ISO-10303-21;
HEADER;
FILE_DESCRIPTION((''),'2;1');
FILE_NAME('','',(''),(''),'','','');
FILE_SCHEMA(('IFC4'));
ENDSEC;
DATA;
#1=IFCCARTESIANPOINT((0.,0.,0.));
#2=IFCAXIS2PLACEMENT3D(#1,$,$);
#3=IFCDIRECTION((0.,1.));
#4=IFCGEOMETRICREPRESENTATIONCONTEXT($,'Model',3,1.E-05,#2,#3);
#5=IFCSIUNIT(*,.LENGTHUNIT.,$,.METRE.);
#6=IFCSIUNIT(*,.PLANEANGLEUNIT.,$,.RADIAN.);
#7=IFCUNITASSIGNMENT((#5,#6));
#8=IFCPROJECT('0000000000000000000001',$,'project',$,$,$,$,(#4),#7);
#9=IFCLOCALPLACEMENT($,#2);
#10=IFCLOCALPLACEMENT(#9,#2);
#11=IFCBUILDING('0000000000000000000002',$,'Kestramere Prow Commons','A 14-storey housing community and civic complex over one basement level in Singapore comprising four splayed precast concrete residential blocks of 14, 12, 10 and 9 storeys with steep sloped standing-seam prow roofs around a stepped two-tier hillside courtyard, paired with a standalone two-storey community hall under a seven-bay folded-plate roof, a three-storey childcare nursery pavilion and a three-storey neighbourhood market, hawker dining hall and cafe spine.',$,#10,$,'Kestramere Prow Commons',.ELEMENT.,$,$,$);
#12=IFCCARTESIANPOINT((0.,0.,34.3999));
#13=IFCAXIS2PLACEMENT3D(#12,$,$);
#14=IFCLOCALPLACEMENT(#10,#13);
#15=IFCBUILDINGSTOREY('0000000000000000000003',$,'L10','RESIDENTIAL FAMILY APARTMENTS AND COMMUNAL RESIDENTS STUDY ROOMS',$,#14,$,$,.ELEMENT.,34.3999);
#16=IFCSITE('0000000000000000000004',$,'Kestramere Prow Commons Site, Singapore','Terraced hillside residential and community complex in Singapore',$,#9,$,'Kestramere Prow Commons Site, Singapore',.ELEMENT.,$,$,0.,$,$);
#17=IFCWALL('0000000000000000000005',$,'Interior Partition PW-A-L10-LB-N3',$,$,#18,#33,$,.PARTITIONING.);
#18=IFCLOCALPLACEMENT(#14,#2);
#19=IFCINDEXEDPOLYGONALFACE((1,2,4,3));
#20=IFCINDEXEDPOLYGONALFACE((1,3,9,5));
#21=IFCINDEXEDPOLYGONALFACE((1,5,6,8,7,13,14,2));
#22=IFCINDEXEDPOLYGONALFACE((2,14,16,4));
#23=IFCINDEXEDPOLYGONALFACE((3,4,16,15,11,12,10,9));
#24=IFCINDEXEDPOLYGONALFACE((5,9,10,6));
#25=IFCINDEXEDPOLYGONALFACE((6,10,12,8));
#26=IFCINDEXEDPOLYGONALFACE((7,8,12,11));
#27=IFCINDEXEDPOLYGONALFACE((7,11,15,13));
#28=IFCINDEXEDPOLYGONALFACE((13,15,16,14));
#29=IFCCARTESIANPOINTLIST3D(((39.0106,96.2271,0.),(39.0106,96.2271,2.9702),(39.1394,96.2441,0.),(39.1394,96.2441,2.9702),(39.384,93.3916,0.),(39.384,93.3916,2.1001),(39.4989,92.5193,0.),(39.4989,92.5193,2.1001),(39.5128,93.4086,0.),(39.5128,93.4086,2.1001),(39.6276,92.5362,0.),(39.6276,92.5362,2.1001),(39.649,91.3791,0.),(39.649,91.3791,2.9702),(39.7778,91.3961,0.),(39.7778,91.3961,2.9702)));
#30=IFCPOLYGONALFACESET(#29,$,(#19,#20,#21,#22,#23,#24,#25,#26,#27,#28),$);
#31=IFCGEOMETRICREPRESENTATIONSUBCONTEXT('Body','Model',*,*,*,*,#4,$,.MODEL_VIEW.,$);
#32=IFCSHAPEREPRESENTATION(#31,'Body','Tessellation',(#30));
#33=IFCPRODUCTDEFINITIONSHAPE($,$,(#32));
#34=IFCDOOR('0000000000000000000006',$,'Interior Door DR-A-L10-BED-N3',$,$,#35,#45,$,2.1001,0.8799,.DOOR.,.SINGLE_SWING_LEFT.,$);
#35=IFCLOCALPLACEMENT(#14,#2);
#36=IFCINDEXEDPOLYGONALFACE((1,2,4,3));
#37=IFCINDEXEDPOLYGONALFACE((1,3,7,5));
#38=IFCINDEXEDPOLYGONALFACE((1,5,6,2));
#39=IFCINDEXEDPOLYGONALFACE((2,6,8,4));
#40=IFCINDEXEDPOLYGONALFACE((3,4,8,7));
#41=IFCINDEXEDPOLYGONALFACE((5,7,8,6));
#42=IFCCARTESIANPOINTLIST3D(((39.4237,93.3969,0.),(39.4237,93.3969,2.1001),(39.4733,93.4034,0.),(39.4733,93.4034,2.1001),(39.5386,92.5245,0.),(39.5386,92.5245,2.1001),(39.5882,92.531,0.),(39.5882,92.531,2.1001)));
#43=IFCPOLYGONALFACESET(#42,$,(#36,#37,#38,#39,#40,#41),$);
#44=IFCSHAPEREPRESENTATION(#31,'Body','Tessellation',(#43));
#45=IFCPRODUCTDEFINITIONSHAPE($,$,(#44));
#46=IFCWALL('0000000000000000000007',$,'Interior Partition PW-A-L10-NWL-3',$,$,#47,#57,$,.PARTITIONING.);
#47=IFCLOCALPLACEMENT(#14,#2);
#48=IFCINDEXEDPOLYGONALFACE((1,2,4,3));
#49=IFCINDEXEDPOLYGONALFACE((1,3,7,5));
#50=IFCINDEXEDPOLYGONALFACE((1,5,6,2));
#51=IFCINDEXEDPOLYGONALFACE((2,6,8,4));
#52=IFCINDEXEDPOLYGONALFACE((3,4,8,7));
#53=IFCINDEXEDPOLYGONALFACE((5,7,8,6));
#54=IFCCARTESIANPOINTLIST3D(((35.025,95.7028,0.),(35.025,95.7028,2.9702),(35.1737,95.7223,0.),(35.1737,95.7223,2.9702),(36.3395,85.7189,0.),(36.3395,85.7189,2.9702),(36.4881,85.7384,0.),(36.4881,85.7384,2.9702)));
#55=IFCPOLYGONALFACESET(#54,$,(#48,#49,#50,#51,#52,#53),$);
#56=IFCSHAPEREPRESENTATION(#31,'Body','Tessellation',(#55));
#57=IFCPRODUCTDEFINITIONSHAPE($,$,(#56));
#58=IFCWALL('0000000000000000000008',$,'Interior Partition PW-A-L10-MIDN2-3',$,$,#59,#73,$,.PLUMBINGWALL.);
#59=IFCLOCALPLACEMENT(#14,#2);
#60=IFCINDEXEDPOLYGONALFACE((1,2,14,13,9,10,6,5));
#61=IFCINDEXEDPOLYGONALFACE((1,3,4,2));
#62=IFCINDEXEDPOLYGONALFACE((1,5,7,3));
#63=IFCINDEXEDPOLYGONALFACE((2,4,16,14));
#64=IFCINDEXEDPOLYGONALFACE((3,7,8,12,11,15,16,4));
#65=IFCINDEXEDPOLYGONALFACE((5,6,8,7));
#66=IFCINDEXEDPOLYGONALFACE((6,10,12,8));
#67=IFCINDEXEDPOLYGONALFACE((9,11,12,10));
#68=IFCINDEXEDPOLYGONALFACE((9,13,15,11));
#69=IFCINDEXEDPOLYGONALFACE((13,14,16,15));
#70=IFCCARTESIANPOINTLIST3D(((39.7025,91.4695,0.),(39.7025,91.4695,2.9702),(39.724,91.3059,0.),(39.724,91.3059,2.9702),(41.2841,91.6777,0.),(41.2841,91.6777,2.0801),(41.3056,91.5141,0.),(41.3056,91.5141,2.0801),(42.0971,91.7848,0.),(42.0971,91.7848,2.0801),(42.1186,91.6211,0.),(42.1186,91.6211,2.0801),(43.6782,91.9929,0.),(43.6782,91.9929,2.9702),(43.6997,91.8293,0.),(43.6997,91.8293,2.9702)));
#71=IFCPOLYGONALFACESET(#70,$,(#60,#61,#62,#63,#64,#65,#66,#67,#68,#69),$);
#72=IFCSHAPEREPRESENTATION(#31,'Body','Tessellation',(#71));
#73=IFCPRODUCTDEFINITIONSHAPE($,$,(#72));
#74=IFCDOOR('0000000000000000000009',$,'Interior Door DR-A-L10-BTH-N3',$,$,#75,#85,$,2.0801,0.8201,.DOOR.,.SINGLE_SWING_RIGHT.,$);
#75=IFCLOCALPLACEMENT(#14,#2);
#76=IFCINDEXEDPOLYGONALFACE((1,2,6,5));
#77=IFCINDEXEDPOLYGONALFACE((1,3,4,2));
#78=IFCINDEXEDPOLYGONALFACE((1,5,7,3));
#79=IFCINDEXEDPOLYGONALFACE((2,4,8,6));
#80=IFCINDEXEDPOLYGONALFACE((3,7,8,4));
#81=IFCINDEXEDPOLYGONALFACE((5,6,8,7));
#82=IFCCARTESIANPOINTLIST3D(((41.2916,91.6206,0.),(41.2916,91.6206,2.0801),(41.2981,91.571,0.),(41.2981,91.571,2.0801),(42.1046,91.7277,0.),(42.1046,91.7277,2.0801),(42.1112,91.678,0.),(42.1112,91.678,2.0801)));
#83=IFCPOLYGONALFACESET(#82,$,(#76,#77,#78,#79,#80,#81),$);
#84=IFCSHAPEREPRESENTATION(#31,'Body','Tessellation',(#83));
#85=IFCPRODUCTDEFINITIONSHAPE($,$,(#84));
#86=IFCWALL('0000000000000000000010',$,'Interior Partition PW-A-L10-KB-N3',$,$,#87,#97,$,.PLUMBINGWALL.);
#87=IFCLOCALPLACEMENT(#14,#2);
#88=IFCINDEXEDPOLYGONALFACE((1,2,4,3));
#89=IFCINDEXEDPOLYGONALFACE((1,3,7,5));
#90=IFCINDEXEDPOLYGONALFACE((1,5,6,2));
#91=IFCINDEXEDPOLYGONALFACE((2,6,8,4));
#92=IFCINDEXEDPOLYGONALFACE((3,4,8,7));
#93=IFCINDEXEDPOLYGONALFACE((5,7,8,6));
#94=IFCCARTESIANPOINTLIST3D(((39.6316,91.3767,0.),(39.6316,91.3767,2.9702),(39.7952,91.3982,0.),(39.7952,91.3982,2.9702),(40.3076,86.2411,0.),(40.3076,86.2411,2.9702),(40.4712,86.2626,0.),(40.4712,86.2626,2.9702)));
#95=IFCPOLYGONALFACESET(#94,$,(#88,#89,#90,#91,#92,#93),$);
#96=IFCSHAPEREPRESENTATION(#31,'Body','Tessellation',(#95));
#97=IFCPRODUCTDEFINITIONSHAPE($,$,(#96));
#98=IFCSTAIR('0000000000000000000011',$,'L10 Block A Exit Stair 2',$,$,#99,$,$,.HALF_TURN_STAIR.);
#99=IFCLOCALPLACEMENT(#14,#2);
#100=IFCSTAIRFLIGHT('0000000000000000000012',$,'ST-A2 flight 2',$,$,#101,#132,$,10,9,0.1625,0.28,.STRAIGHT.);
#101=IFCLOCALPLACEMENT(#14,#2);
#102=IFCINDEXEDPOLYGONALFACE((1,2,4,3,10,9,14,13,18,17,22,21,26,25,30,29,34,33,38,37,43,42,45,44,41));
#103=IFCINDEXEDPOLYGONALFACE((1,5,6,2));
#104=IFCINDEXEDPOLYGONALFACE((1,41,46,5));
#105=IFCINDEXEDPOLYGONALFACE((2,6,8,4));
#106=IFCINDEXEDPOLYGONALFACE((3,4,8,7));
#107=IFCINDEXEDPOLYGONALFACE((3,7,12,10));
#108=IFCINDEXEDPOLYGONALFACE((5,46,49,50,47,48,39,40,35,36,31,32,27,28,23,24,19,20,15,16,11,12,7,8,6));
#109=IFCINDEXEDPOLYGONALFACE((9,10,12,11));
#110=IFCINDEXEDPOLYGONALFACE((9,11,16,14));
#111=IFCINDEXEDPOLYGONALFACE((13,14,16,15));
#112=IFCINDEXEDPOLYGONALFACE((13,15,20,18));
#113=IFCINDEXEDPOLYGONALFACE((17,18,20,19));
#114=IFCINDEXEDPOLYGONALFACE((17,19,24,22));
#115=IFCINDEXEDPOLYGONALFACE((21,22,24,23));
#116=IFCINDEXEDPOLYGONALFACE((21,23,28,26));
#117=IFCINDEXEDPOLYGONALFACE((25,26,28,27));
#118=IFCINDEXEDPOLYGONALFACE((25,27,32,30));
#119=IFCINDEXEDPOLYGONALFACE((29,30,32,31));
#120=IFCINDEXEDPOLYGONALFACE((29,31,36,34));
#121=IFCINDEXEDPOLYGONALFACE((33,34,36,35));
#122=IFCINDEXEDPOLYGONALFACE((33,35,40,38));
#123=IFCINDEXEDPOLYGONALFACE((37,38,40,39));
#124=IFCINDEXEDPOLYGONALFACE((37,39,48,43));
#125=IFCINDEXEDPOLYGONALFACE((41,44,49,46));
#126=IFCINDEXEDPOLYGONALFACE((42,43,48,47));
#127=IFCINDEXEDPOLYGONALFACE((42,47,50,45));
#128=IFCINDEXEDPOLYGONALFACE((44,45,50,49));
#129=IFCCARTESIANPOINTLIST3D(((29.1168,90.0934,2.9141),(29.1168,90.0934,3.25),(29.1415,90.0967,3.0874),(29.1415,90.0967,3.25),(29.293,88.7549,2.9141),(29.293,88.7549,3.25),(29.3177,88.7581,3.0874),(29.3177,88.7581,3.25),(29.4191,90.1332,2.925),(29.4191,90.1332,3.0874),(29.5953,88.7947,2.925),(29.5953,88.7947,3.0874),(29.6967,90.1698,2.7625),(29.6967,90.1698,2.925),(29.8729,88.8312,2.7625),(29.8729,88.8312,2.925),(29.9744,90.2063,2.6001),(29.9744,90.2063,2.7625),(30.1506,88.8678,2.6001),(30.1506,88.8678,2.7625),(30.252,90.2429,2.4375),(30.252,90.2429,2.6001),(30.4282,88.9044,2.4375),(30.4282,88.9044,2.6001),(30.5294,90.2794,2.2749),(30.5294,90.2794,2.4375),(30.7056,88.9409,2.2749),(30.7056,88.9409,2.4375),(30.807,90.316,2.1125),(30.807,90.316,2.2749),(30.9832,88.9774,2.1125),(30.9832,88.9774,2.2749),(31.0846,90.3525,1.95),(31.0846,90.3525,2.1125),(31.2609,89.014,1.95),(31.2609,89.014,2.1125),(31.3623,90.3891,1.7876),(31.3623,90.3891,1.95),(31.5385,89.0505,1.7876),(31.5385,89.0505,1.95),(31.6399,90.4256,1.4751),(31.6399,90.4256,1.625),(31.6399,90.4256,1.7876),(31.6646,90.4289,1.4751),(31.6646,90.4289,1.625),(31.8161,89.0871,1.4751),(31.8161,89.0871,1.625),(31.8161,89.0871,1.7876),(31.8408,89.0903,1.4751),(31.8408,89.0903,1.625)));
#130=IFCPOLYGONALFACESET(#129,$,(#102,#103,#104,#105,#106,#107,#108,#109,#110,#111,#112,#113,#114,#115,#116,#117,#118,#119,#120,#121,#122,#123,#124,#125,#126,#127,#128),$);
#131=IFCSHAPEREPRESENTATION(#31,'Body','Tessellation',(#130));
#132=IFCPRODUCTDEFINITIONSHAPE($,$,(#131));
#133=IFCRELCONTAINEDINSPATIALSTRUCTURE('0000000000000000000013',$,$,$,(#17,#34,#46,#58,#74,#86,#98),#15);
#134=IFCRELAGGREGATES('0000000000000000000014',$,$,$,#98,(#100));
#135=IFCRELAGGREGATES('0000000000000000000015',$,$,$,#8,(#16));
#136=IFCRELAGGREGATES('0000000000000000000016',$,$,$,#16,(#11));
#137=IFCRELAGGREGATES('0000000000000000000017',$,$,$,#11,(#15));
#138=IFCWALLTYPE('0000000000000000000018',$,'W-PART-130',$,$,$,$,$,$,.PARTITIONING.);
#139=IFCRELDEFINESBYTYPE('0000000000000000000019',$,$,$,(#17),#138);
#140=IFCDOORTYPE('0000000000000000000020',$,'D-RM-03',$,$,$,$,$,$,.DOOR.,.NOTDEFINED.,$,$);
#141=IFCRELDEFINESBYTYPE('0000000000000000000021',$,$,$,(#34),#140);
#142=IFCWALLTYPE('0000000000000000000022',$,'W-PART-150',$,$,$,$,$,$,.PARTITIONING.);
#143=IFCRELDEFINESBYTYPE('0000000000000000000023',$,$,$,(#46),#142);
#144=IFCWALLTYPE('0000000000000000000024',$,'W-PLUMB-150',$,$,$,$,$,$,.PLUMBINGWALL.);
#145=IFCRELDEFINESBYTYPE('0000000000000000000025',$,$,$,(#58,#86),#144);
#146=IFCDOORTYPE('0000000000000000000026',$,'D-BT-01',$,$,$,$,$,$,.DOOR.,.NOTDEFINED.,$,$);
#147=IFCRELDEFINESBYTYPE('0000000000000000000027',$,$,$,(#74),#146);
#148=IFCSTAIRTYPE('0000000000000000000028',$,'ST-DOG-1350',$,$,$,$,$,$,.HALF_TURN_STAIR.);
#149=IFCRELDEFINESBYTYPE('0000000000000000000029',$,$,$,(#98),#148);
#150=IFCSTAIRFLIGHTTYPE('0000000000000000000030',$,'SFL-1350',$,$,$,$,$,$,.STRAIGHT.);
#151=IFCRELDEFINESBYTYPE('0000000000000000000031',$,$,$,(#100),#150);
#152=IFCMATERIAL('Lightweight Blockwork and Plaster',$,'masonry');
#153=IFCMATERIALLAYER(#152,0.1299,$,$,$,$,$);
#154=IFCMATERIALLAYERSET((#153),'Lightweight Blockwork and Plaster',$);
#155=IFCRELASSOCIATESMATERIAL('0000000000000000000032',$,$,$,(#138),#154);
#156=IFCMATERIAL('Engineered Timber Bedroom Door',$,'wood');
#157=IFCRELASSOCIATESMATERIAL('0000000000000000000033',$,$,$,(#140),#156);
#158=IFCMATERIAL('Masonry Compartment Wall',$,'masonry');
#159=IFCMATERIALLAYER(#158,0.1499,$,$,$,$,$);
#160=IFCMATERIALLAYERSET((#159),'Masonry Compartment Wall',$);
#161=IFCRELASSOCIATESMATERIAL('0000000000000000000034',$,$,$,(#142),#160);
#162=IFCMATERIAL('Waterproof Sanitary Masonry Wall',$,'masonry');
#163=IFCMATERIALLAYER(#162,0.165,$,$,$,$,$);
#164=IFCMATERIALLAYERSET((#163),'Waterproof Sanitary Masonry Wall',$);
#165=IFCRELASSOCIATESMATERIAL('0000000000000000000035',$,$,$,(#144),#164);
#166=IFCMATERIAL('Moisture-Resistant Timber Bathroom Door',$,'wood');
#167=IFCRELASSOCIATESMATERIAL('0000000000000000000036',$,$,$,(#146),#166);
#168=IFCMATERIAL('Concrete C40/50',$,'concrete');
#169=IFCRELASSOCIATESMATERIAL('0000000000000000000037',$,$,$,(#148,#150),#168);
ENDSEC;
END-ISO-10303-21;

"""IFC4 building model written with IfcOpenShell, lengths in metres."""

from ifc_helpers import new_model, si_unit, direction, frame, frame_2d, origin, place, context, subcontext, project, spatial, polyline, rectangle, outline, extrude, material, layer, layer_set, type_object, element, fill, aggregate, save


model = new_model("IFC4")

# Units and contexts
model_context = context("Model", 3, precision=1e-05, world=origin(), true_north=direction((0.0, 1.0)))
body_context = subcontext(model_context, "Body", "Model", "MODEL_VIEW")
ifc_project = project(units=[si_unit("LENGTHUNIT", "METRE"), si_unit("PLANEANGLEUNIT", "RADIAN")], contexts=[model_context])

# Site, building, storey
site_placement = place(None, origin())
site = spatial("IfcSite", under=ifc_project, at=site_placement, Name="Kestramere Prow Commons Site, Singapore", Description="Terraced hillside residential and community complex in Singapore", LongName="Kestramere Prow Commons Site, Singapore", CompositionType="ELEMENT", RefElevation=0.0)
building_placement = place(site_placement, origin())
building = spatial("IfcBuilding", under=site, at=building_placement, Name="Kestramere Prow Commons", Description="A 14-storey housing community and civic complex over one basement level in Singapore comprising four splayed precast concrete residential blocks of 14, 12, 10 and 9 storeys with steep sloped standing-seam prow roofs around a stepped two-tier hillside courtyard, paired with a standalone two-storey community hall under a seven-bay folded-plate roof, a three-storey childcare nursery pavilion and a three-storey neighbourhood market, hawker dining hall and cafe spine.", LongName="Kestramere Prow Commons", CompositionType="ELEMENT")
storey_placement = place(building_placement, frame((0.0, 0.0, 34.3999)))
storey = spatial("IfcBuildingStorey", under=building, at=storey_placement, Name="L10", Description="RESIDENTIAL FAMILY APARTMENTS AND COMMUNAL RESIDENTS STUDY ROOMS", CompositionType="ELEMENT", Elevation=34.3999)

# Shared definitions
ifc_material_1 = material(Name="Concrete C40/50", Category="concrete")

# Wall, opening, door
ifc_material_2 = material(Name="Lightweight Blockwork and Plaster", Category="masonry")
ifc_layer_1 = layer(ifc_material_2, 0.1299)
ifc_layer_set_1 = layer_set([ifc_layer_1], Name="Lightweight Blockwork and Plaster")
wall_type_1 = type_object("IfcWallType", Name="W-PART-130", PredefinedType="PARTITIONING", material=ifc_layer_set_1)
wall_1_placement = place(storey_placement, frame((39.7134, 91.3877, 0.0), z_axis=(0.0, 0.0, 1.0), x_axis=(-0.130558, 0.991441, 0.0)))
wall_1 = element("IfcWall", 1, at=wall_1_placement, inside=storey, type_object=wall_type_1, Name="Interior Partition PW-A-L10-LB-N3", PredefinedType="PARTITIONING", context=body_context, shape_type="SweptSolid", body=[
    extrude(rectangle(XDim=4.8899, YDim=0.1299, at=frame_2d((2.4448, 0.0))), origin(), (0.0, 0.0, 1.0), 2.9702),
])
opening_1_placement = place(wall_1_placement, frame((1.1499, 0.0, 0.0)))
opening_1 = element("IfcOpeningElement", 2, at=opening_1_placement, cuts=wall_1, PredefinedType="OPENING", context=body_context, shape_type="SweptSolid", body=[
    extrude(rectangle(XDim=0.8799, YDim=2.1001, at=frame_2d((0.4399, 1.05))), frame((0.0, 0.0798, 0.0), z_axis=(0.0, -1.0, 0.0), x_axis=(1.0, 0.0, 0.0)), (0.0, 0.0, 1.0), 0.1599),
])
ifc_material_3 = material(Name="Engineered Timber Bedroom Door", Category="wood")
door_type_1 = type_object("IfcDoorType", Name="D-RM-03", OperationType="NOTDEFINED", PredefinedType="DOOR", material=ifc_material_3)
door_1_placement = place(opening_1_placement, origin())
door_1 = element("IfcDoor", 3, at=door_1_placement, inside=storey, type_object=door_type_1, Name="Interior Door DR-A-L10-BED-N3", OperationType="SINGLE_SWING_LEFT", OverallHeight=2.1001, OverallWidth=0.8799, PredefinedType="DOOR", context=body_context, shape_type="SweptSolid", body=[
    extrude(rectangle(XDim=0.8799, YDim=2.1001, at=frame_2d((0.4399, 1.05))), frame((0.0, 0.0249, 0.0), z_axis=(0.0, -1.0, 0.0), x_axis=(1.0, 0.0, 0.0)), (0.0, 0.0, 1.0), 0.05),
])
fill(opening_1, door_1)

# Wall
ifc_material_4 = material(Name="Masonry Compartment Wall", Category="masonry")
ifc_layer_2 = layer(ifc_material_4, 0.1499)
ifc_layer_set_2 = layer_set([ifc_layer_2], Name="Masonry Compartment Wall")
wall_type_2 = type_object("IfcWallType", Name="W-PART-150", PredefinedType="PARTITIONING", material=ifc_layer_set_2)
wall_2_placement = place(storey_placement, frame((36.4138, 85.7285, 0.0), z_axis=(0.0, 0.0, 1.0), x_axis=(-0.130531, 0.991444, 0.0)))
element("IfcWall", 4, at=wall_2_placement, inside=storey, type_object=wall_type_2, Name="Interior Partition PW-A-L10-NWL-3", PredefinedType="PARTITIONING", context=body_context, shape_type="SweptSolid", body=[
    extrude(rectangle(XDim=10.0701, YDim=0.1499, at=frame_2d((5.0352, 0.0))), origin(), (0.0, 0.0, 1.0), 2.9702),
])

# Wall, opening, door
ifc_material_5 = material(Name="Waterproof Sanitary Masonry Wall", Category="masonry")
ifc_layer_3 = layer(ifc_material_5, 0.165)
ifc_layer_set_3 = layer_set([ifc_layer_3], Name="Waterproof Sanitary Masonry Wall")
wall_type_3 = type_object("IfcWallType", Name="W-PLUMB-150", PredefinedType="PLUMBINGWALL", material=ifc_layer_set_3)
wall_3_placement = place(storey_placement, frame((39.7134, 91.3877, 0.0), z_axis=(0.0, 0.0, 1.0), x_axis=(0.991444, 0.130536, 0.0)))
wall_3 = element("IfcWall", 5, at=wall_3_placement, inside=storey, type_object=wall_type_3, Name="Interior Partition PW-A-L10-MIDN2-3", PredefinedType="PLUMBINGWALL", context=body_context, shape_type="SweptSolid", body=[
    extrude(rectangle(XDim=4.01, YDim=0.165, at=frame_2d((2.0049, 0.0))), origin(), (0.0, 0.0, 1.0), 2.9702),
])
opening_2_placement = place(wall_3_placement, frame((1.595, 0.0, 0.0)))
opening_2 = element("IfcOpeningElement", 6, at=opening_2_placement, cuts=wall_3, PredefinedType="OPENING", context=body_context, shape_type="SweptSolid", body=[
    extrude(rectangle(XDim=0.8201, YDim=2.0801, at=frame_2d((0.4102, 1.04))), frame((0.0, 0.0974, 0.0), z_axis=(0.0, -1.0, 0.0), x_axis=(1.0, 0.0, 0.0)), (0.0, 0.0, 1.0), 0.1951),
])
ifc_material_6 = material(Name="Moisture-Resistant Timber Bathroom Door", Category="wood")
door_type_2 = type_object("IfcDoorType", Name="D-BT-01", OperationType="NOTDEFINED", PredefinedType="DOOR", material=ifc_material_6)
door_2_placement = place(opening_2_placement, origin())
door_2 = element("IfcDoor", 7, at=door_2_placement, inside=storey, type_object=door_type_2, Name="Interior Door DR-A-L10-BTH-N3", OperationType="SINGLE_SWING_RIGHT", OverallHeight=2.0801, OverallWidth=0.8201, PredefinedType="DOOR", context=body_context, shape_type="SweptSolid", body=[
    extrude(rectangle(XDim=0.8201, YDim=2.0801, at=frame_2d((0.4102, 1.04))), frame((0.0, 0.0249, 0.0), z_axis=(0.0, -1.0, 0.0), x_axis=(1.0, 0.0, 0.0)), (0.0, 0.0, 1.0), 0.05),
])
fill(opening_2, door_2)

# Wall
wall_4_placement = place(storey_placement, frame((40.3894, 86.252, 0.0), z_axis=(0.0, 0.0, 1.0), x_axis=(-0.130506, 0.991448, 0.0)))
element("IfcWall", 8, at=wall_4_placement, inside=storey, type_object=wall_type_3, Name="Interior Partition PW-A-L10-KB-N3", PredefinedType="PLUMBINGWALL", context=body_context, shape_type="SweptSolid", body=[
    extrude(rectangle(XDim=5.1799, YDim=0.165, at=frame_2d((2.5898, 0.0))), origin(), (0.0, 0.0, 1.0), 2.9702),
])

# Stair, stair flight
stair_type = type_object("IfcStairType", Name="ST-DOG-1350", PredefinedType="HALF_TURN_STAIR", material=ifc_material_1)
stair_placement = place(storey_placement, origin())
stair = element("IfcStair", 9, at=stair_placement, inside=storey, type_object=stair_type, Name="L10 Block A Exit Stair 2", PredefinedType="HALF_TURN_STAIR")
stair_flight_type = type_object("IfcStairFlightType", Name="SFL-1350", PredefinedType="STRAIGHT", material=ifc_material_1)
stair_flight_placement = place(storey_placement, frame((31.728, 89.7563, 1.625), z_axis=(0.0, 0.0, 1.0), x_axis=(-0.991445, -0.130526, 0.0)))
stair_flight = element("IfcStairFlight", 10, at=stair_flight_placement, type_object=stair_flight_type, Name="ST-A2 flight 2", NumberOfRisers=10, NumberOfTreads=9, PredefinedType="STRAIGHT", RiserHeight=0.1625, TreadLength=0.28, context=body_context, shape_type="SweptSolid", body=[
    extrude(outline(polyline([(-0.0249, 0.0), (0.0, 0.0), (0.0, 0.1626), (0.28, 0.1626), (0.28, 0.325), (0.5601, 0.325), (0.5601, 0.4875), (0.8401, 0.4875), (0.8401, 0.6499), (1.1201, 0.6499), (1.1201, 0.8125), (1.3999, 0.8125), (1.3999, 0.9751), (1.6799, 0.9751), (1.6799, 1.1375), (1.96, 1.1375), (1.96, 1.3), (2.24, 1.3), (2.24, 1.4624), (2.52, 1.4624), (2.52, 1.625), (2.5449, 1.625), (2.5449, 1.2891), (0.0, -0.1499), (-0.0249, -0.1499), (-0.0249, 0.0)])), frame((0.0, 0.675, 0.0), z_axis=(0.0, -1.0, 0.0), x_axis=(1.0, 0.0, 0.0)), (0.0, 0.0, 1.0), 1.3501),
])
aggregate(stair, [stair_flight])

save(model, "model.ifc")
